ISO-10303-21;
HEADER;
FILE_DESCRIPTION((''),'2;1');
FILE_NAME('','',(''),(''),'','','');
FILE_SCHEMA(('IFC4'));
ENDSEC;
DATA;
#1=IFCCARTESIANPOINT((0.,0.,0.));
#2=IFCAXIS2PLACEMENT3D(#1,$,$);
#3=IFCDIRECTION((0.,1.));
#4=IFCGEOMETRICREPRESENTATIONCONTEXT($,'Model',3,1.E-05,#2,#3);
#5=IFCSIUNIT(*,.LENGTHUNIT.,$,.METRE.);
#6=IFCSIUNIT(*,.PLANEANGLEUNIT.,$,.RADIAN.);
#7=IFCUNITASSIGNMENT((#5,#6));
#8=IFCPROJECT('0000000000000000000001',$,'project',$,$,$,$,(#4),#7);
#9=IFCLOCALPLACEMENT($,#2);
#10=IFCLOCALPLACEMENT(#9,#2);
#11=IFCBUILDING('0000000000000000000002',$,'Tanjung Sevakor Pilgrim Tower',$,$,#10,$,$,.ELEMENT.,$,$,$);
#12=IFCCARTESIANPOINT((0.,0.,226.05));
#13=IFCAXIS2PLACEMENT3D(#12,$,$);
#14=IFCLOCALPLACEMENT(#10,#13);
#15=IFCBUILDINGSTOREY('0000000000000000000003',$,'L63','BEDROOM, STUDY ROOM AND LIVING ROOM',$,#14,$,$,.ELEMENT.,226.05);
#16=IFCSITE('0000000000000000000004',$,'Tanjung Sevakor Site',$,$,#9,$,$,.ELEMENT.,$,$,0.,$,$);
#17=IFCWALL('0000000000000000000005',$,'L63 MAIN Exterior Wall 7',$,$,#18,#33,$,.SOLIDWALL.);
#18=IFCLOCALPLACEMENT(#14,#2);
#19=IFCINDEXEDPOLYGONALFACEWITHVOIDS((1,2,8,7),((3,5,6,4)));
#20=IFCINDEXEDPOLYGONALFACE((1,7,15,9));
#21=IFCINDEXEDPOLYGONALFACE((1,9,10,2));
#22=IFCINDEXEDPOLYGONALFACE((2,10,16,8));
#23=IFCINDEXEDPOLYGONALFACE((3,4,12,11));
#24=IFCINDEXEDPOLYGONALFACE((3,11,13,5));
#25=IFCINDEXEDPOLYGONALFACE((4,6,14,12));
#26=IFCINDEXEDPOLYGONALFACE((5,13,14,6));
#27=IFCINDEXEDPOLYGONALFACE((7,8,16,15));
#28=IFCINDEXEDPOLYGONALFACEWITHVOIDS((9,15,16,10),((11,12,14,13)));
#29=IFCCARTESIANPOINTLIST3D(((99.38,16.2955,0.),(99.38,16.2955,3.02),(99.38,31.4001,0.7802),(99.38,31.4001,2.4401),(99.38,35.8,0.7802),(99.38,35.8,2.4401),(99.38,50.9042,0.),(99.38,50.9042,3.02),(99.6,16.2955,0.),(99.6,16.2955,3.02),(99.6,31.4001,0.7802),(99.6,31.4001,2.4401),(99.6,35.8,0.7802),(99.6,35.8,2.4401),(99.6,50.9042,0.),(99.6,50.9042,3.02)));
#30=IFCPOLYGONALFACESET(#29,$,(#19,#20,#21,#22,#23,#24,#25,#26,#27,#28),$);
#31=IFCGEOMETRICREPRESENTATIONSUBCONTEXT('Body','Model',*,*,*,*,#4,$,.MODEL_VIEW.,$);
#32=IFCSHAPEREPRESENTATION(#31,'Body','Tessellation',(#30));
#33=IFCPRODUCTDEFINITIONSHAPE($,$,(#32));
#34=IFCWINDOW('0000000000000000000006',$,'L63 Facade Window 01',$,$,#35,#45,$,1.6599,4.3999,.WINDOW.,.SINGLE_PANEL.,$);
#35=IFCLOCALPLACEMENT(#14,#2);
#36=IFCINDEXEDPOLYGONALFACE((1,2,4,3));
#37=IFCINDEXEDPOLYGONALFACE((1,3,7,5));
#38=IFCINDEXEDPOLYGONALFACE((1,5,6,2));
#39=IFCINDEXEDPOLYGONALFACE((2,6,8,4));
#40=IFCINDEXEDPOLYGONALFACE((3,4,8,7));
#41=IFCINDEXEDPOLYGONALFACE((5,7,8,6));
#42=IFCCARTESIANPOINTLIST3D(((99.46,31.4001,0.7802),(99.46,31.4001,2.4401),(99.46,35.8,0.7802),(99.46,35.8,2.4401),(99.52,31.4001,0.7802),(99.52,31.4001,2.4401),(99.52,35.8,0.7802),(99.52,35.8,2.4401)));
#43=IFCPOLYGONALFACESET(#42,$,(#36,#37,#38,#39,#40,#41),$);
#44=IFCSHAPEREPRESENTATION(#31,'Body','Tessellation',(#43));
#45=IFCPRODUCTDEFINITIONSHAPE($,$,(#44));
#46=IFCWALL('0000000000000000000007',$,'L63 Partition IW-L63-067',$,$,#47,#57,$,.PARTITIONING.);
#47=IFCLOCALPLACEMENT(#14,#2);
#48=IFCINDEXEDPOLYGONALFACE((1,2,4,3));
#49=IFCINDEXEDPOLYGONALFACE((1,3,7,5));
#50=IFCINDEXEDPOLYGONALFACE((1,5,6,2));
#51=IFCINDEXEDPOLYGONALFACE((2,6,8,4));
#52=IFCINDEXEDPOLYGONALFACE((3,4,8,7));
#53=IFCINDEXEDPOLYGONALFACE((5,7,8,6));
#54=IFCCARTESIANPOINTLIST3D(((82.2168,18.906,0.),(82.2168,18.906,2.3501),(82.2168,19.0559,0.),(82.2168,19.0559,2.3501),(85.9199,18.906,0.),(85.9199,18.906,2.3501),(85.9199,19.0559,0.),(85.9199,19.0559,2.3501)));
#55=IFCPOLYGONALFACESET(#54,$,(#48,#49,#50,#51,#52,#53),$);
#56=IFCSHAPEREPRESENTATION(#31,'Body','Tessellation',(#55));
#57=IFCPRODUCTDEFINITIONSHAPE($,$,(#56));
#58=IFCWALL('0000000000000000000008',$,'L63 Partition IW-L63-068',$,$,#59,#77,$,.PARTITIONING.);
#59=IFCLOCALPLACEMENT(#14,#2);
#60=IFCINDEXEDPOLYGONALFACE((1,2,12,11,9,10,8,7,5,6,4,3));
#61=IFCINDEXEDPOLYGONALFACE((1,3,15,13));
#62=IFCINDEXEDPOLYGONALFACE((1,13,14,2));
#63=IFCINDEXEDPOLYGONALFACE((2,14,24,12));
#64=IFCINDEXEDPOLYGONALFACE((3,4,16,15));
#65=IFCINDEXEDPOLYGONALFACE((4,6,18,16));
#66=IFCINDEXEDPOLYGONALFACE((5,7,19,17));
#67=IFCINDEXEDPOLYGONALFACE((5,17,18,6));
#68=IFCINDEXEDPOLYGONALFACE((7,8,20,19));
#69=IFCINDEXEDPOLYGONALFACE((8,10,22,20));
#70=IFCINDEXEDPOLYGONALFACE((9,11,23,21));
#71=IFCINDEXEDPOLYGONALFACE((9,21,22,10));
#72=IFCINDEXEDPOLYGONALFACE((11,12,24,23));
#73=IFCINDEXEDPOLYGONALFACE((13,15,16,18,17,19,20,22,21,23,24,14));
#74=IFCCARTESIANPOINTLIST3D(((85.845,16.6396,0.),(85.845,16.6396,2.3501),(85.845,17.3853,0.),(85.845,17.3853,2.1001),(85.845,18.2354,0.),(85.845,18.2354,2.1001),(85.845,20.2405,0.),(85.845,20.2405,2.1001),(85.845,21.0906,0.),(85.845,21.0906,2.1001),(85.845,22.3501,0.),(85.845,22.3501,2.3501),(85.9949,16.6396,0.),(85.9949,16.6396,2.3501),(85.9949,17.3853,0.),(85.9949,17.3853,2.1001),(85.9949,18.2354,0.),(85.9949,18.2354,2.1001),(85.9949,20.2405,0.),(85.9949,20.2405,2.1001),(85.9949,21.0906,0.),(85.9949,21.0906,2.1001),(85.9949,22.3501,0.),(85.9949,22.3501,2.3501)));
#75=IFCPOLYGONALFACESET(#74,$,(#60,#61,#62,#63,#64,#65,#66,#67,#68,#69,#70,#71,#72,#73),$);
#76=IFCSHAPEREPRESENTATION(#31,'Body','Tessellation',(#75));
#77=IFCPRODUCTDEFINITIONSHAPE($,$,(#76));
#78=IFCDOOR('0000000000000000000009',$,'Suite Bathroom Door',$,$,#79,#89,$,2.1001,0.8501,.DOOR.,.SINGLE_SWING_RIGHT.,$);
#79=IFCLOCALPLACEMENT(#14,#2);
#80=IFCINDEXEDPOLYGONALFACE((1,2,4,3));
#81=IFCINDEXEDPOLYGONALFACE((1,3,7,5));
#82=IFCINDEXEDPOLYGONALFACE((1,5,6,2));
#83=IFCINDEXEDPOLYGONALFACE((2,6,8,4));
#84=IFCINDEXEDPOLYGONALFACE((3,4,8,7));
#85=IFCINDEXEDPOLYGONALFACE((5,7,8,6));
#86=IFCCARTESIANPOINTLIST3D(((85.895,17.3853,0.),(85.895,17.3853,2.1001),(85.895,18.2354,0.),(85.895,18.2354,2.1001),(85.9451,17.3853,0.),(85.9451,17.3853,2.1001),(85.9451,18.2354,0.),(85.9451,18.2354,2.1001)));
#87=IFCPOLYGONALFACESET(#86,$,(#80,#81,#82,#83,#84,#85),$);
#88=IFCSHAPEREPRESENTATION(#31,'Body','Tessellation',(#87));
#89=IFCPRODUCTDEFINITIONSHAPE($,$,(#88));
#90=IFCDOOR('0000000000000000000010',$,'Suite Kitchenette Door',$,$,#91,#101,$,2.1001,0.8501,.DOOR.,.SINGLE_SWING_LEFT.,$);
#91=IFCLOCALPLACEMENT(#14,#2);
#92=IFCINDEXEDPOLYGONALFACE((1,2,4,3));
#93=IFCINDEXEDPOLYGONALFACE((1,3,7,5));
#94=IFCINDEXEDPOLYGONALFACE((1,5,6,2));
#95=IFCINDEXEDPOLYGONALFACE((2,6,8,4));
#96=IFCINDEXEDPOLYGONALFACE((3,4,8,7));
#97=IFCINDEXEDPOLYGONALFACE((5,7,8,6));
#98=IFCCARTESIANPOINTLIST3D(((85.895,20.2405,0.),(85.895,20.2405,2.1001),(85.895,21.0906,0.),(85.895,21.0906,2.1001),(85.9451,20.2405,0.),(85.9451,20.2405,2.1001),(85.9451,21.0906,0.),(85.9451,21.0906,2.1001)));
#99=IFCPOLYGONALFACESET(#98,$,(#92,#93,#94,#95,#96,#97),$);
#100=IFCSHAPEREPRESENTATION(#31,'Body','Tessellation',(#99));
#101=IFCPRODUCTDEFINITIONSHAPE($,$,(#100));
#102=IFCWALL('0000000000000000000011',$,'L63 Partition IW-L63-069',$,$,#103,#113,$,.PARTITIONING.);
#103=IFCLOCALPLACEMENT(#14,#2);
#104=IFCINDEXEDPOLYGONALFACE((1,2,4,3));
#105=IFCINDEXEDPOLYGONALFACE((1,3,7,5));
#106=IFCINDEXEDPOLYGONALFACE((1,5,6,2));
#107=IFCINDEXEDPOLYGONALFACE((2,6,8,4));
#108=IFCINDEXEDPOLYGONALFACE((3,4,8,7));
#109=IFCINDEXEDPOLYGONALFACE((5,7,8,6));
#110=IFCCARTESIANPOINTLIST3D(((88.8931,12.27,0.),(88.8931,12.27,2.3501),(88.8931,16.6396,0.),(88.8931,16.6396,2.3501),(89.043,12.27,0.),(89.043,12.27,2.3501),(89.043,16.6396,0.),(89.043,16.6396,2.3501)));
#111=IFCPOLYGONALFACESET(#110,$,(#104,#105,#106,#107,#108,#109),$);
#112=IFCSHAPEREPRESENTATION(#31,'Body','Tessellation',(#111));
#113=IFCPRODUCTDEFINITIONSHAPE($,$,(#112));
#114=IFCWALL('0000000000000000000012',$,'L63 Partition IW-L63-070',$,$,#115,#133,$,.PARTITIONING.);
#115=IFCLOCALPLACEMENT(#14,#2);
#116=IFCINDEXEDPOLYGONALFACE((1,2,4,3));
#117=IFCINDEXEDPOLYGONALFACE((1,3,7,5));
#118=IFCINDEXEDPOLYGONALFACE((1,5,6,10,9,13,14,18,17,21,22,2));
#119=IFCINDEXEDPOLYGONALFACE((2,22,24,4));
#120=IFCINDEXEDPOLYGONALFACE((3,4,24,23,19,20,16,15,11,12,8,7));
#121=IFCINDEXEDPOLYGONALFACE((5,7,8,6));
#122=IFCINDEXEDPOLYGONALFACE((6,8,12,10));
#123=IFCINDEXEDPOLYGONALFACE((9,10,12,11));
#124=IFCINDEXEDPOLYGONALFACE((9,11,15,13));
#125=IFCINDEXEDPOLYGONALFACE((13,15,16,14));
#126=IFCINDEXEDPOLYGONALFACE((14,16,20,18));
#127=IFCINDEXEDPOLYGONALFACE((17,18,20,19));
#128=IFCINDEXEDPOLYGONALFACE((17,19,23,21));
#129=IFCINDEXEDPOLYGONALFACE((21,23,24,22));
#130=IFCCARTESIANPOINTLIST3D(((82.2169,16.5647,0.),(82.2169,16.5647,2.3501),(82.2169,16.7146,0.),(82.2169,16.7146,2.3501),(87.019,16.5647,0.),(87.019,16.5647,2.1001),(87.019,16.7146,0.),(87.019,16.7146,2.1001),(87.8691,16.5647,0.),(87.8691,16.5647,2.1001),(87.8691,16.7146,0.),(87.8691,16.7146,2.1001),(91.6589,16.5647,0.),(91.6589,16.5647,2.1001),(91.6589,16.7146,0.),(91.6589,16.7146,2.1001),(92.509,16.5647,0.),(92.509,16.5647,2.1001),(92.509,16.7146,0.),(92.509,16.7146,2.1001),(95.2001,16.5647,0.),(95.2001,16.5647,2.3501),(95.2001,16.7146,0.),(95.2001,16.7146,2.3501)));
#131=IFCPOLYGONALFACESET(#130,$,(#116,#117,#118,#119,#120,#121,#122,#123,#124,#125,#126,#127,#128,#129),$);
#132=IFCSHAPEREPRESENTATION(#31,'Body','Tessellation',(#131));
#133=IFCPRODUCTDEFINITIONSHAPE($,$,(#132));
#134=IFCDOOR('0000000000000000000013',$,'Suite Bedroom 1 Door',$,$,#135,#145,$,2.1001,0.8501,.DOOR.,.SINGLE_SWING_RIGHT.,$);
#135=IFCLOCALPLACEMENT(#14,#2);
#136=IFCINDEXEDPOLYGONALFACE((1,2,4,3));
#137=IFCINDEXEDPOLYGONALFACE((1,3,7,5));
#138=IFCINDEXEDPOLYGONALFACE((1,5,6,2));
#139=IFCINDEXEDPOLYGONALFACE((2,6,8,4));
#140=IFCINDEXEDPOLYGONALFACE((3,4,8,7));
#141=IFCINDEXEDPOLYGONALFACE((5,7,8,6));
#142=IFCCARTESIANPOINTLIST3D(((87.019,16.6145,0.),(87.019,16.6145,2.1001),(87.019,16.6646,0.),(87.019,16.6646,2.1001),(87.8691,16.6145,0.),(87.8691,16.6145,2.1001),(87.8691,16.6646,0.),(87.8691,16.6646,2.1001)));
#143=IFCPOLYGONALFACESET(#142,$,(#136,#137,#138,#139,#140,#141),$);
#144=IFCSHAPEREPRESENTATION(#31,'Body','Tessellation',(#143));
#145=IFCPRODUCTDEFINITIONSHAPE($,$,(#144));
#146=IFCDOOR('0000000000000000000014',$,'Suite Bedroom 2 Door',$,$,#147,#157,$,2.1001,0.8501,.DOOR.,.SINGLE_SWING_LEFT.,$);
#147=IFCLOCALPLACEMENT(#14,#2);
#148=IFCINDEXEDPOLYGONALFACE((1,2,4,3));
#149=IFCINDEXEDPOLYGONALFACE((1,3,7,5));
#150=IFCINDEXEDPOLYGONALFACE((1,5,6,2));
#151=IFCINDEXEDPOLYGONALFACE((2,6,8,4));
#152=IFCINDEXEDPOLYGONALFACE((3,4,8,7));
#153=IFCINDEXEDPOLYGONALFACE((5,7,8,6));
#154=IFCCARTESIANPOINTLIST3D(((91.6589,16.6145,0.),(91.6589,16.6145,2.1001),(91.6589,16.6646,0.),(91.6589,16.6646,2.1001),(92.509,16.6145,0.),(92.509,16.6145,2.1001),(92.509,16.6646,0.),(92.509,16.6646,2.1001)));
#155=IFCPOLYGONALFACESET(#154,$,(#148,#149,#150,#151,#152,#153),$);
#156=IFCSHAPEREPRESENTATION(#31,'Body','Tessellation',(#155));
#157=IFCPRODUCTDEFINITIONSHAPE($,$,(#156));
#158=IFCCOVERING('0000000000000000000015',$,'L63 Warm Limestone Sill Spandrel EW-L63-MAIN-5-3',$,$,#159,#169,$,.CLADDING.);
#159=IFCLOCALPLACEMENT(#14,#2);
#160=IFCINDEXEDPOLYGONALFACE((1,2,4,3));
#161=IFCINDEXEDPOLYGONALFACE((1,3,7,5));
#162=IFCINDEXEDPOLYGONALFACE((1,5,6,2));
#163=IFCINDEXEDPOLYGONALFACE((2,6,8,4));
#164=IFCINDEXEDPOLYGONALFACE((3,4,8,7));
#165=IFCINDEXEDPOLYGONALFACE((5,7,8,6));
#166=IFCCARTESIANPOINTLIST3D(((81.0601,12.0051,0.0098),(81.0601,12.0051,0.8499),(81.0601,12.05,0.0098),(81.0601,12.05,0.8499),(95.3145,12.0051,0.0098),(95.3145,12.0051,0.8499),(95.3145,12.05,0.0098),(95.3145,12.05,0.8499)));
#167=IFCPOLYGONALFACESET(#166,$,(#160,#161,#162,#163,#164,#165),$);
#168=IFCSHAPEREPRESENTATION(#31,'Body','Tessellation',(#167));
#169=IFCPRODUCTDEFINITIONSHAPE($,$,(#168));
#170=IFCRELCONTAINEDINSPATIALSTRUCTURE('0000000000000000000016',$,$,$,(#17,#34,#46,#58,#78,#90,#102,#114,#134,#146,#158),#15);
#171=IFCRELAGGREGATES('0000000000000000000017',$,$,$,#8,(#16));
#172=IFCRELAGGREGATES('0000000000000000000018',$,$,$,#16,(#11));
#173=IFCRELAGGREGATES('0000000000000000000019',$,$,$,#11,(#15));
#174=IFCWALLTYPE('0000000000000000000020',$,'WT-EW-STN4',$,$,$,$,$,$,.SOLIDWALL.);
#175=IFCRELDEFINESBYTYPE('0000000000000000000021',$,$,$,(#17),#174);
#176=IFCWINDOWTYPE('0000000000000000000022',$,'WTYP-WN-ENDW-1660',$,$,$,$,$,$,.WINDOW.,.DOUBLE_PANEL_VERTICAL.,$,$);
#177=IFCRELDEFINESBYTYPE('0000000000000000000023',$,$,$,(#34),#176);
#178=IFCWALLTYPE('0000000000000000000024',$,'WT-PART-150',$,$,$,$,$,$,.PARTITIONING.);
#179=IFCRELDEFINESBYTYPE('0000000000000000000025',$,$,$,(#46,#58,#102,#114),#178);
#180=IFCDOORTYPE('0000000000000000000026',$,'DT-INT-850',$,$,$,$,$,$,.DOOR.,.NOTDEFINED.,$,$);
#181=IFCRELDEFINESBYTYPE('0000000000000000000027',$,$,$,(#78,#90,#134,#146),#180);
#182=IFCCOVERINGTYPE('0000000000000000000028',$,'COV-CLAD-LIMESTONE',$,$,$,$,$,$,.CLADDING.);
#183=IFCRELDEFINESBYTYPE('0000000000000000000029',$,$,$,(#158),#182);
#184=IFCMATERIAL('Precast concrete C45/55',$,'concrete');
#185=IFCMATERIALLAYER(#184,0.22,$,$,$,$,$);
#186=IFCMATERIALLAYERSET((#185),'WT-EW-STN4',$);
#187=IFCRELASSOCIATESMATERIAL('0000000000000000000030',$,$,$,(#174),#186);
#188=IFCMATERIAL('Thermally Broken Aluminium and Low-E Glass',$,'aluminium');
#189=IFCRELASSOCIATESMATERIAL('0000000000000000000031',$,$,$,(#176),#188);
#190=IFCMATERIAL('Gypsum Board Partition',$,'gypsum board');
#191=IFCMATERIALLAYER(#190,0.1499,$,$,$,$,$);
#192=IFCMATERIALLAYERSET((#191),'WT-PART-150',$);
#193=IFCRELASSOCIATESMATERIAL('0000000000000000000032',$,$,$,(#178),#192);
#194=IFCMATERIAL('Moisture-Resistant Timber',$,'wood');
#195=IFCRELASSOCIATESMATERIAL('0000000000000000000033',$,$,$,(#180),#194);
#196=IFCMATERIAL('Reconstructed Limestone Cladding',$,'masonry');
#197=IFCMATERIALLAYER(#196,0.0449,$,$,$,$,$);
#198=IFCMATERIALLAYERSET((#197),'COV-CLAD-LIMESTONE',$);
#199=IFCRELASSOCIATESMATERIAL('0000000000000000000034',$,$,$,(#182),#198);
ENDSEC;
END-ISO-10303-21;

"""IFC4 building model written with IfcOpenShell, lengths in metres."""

from ifc_helpers import new_model, si_unit, direction, frame, frame_2d, origin, origin_2d, place, context, subcontext, project, spatial, rectangle, extrude, material, layer, layer_set, type_object, element, fill, save


model = new_model("IFC4")

# Units and contexts
model_context = context("Model", 3, precision=1e-05, world=origin(), true_north=direction((0.0, 1.0)))
body_context = subcontext(model_context, "Body", "Model", "MODEL_VIEW")
ifc_project = project(units=[si_unit("LENGTHUNIT", "METRE"), si_unit("PLANEANGLEUNIT", "RADIAN")], contexts=[model_context])

# Site, building, storey
site_placement = place(None, origin())
site = spatial("IfcSite", under=ifc_project, at=site_placement, Name="Tanjung Sevakor Site", CompositionType="ELEMENT", RefElevation=0.0)
building_placement = place(site_placement, origin())
building = spatial("IfcBuilding", under=site, at=building_placement, Name="Tanjung Sevakor Pilgrim Tower", CompositionType="ELEMENT")
storey_placement = place(building_placement, frame((0.0, 0.0, 226.05)))
storey = spatial("IfcBuildingStorey", under=building, at=storey_placement, Name="L63", Description="BEDROOM, STUDY ROOM AND LIVING ROOM", CompositionType="ELEMENT", Elevation=226.05)

# Wall, opening, window
ifc_material_1 = material(Name="Precast concrete C45/55", Category="concrete")
ifc_layer_1 = layer(ifc_material_1, 0.22)
ifc_layer_set_1 = layer_set([ifc_layer_1], Name="WT-EW-STN4")
wall_type_1 = type_object("IfcWallType", Name="WT-EW-STN4", PredefinedType="SOLIDWALL", material=ifc_layer_set_1)
wall_1_placement = place(storey_placement, frame((99.49, 16.2957, 0.0), z_axis=(0.0, 0.0, 1.0), x_axis=(0.0, 1.0, 0.0)))
wall_1 = element("IfcWall", 1, at=wall_1_placement, inside=storey, type_object=wall_type_1, Name="L63 MAIN Exterior Wall 7", PredefinedType="SOLIDWALL", context=body_context, shape_type="SweptSolid", body=[
    extrude(rectangle(XDim=34.6086, YDim=0.22, at=frame_2d((17.3042, 0.0))), origin(), (0.0, 0.0, 1.0), 3.02),
])
opening_1_placement = place(wall_1_placement, frame((15.1045, 0.0, 0.78)))
opening_1 = element("IfcOpeningElement", 2, at=opening_1_placement, cuts=wall_1, PredefinedType="OPENING", context=body_context, shape_type="SweptSolid", body=[
    extrude(rectangle(XDim=4.3999, YDim=1.6599, at=frame_2d((2.2, 0.8301))), frame((0.0, 0.1199, 0.0), z_axis=(0.0, -1.0, 0.0), x_axis=(1.0, 0.0, 0.0)), (0.0, 0.0, 1.0), 0.24),
])
ifc_material_2 = material(Name="Thermally Broken Aluminium and Low-E Glass", Category="aluminium")
window_type = type_object("IfcWindowType", Name="WTYP-WN-ENDW-1660", PartitioningType="DOUBLE_PANEL_VERTICAL", PredefinedType="WINDOW", material=ifc_material_2)
window_placement = place(opening_1_placement, origin())
window = element("IfcWindow", 3, at=window_placement, inside=storey, type_object=window_type, Name="L63 Facade Window 01", OverallHeight=1.6599, OverallWidth=4.3999, PartitioningType="SINGLE_PANEL", PredefinedType="WINDOW", context=body_context, shape_type="SweptSolid", body=[
    extrude(rectangle(XDim=4.3999, YDim=1.6599, at=frame_2d((2.2, 0.8301))), frame((0.0, 0.03, 0.0), z_axis=(0.0, -1.0, 0.0), x_axis=(1.0, 0.0, 0.0)), (0.0, 0.0, 1.0), 0.0601),
])
fill(opening_1, window)

# Wall
ifc_material_3 = material(Name="Gypsum Board Partition", Category="gypsum board")
ifc_layer_2 = layer(ifc_material_3, 0.1499)
ifc_layer_set_2 = layer_set([ifc_layer_2], Name="WT-PART-150")
wall_type_2 = type_object("IfcWallType", Name="WT-PART-150", PredefinedType="PARTITIONING", material=ifc_layer_set_2)
wall_2_placement = place(storey_placement, frame((82.2168, 18.981, 0.0), z_axis=(0.0, 0.0, 1.0), x_axis=(1.0, 0.0, 0.0)))
element("IfcWall", 4, at=wall_2_placement, inside=storey, type_object=wall_type_2, Name="L63 Partition IW-L63-067", PredefinedType="PARTITIONING", context=body_context, shape_type="SweptSolid", body=[
    extrude(rectangle(XDim=3.7031, YDim=0.1499, at=frame_2d((1.8516, 0.0))), origin(), (0.0, 0.0, 1.0), 2.3501),
])

# Wall, openings, doors
wall_3_placement = place(storey_placement, frame((85.9199, 16.6396, 0.0), z_axis=(0.0, 0.0, 1.0), x_axis=(0.0, 1.0, 0.0)))
wall_3 = element("IfcWall", 5, at=wall_3_placement, inside=storey, type_object=wall_type_2, Name="L63 Partition IW-L63-068", PredefinedType="PARTITIONING", context=body_context, shape_type="SweptSolid", body=[
    extrude(rectangle(XDim=5.7104, YDim=0.1499, at=frame_2d((2.8552, 0.0))), origin(), (0.0, 0.0, 1.0), 2.3501),
])
opening_2_placement = place(wall_3_placement, frame((0.7456, 0.0, 0.0)))
opening_2 = element("IfcOpeningElement", 6, at=opening_2_placement, cuts=wall_3, PredefinedType="OPENING", context=body_context, shape_type="SweptSolid", body=[
    extrude(rectangle(XDim=0.8501, YDim=2.1001, at=frame_2d((0.425, 1.05))), frame((0.0, 0.085, 0.0), z_axis=(0.0, -1.0, 0.0), x_axis=(1.0, 0.0, 0.0)), (0.0, 0.0, 1.0), 0.1699),
])
opening_3_placement = place(wall_3_placement, frame((3.6008, 0.0, 0.0)))
opening_3 = element("IfcOpeningElement", 7, at=opening_3_placement, cuts=wall_3, PredefinedType="OPENING", context=body_context, shape_type="SweptSolid", body=[
    extrude(rectangle(XDim=0.8501, YDim=2.1001, at=frame_2d((0.425, 1.05))), frame((0.0, 0.085, 0.0), z_axis=(0.0, -1.0, 0.0), x_axis=(1.0, 0.0, 0.0)), (0.0, 0.0, 1.0), 0.1699),
])
ifc_material_4 = material(Name="Moisture-Resistant Timber", Category="wood")
door_type = type_object("IfcDoorType", Name="DT-INT-850", OperationType="NOTDEFINED", PredefinedType="DOOR", material=ifc_material_4)
door_1_placement = place(opening_2_placement, origin())
door_1 = element("IfcDoor", 8, at=door_1_placement, inside=storey, type_object=door_type, Name="Suite Bathroom Door", OperationType="SINGLE_SWING_RIGHT", OverallHeight=2.1001, OverallWidth=0.8501, PredefinedType="DOOR", context=body_context, shape_type="SweptSolid", body=[
    extrude(rectangle(XDim=0.8501, YDim=2.1001, at=frame_2d((0.425, 1.05))), frame((0.0, 0.0249, 0.0), z_axis=(0.0, -1.0, 0.0), x_axis=(1.0, 0.0, 0.0)), (0.0, 0.0, 1.0), 0.05),
])
fill(opening_2, door_1)
door_2_placement = place(opening_3_placement, origin())
door_2 = element("IfcDoor", 9, at=door_2_placement, inside=storey, type_object=door_type, Name="Suite Kitchenette Door", OperationType="SINGLE_SWING_LEFT", OverallHeight=2.1001, OverallWidth=0.8501, PredefinedType="DOOR", context=body_context, shape_type="SweptSolid", body=[
    extrude(rectangle(XDim=0.8501, YDim=2.1001, at=frame_2d((0.425, 1.05))), frame((0.0, 0.0249, 0.0), z_axis=(0.0, -1.0, 0.0), x_axis=(1.0, 0.0, 0.0)), (0.0, 0.0, 1.0), 0.05),
])
fill(opening_3, door_2)

# Wall
wall_4_placement = place(storey_placement, frame((88.968, 12.27, 0.0), z_axis=(0.0, 0.0, 1.0), x_axis=(0.0, 1.0, 0.0)))
element("IfcWall", 10, at=wall_4_placement, inside=storey, type_object=wall_type_2, Name="L63 Partition IW-L63-069", PredefinedType="PARTITIONING", context=body_context, shape_type="SweptSolid", body=[
    extrude(rectangle(XDim=4.3696, YDim=0.1499, at=frame_2d((2.1848, 0.0))), origin(), (0.0, 0.0, 1.0), 2.3501),
])

# Wall, openings, doors
wall_5_placement = place(storey_placement, frame((82.2168, 16.6396, 0.0), z_axis=(0.0, 0.0, 1.0), x_axis=(1.0, 0.0, 0.0)))
wall_5 = element("IfcWall", 11, at=wall_5_placement, inside=storey, type_object=wall_type_2, Name="L63 Partition IW-L63-070", PredefinedType="PARTITIONING", context=body_context, shape_type="SweptSolid", body=[
    extrude(rectangle(XDim=12.9832, YDim=0.1499, at=frame_2d((6.4917, 0.0))), origin(), (0.0, 0.0, 1.0), 2.3501),
])
opening_4_placement = place(wall_5_placement, frame((4.8022, 0.0, 0.0)))
opening_4 = element("IfcOpeningElement", 12, at=opening_4_placement, cuts=wall_5, PredefinedType="OPENING", context=body_context, shape_type="SweptSolid", body=[
    extrude(rectangle(XDim=0.8501, YDim=2.1001, at=frame_2d((0.425, 1.05))), frame((0.0, 0.085, 0.0), z_axis=(0.0, -1.0, 0.0), x_axis=(1.0, 0.0, 0.0)), (0.0, 0.0, 1.0), 0.1699),
])
opening_5_placement = place(wall_5_placement, frame((9.4421, 0.0, 0.0)))
opening_5 = element("IfcOpeningElement", 13, at=opening_5_placement, cuts=wall_5, PredefinedType="OPENING", context=body_context, shape_type="SweptSolid", body=[
    extrude(rectangle(XDim=0.8501, YDim=2.1001, at=frame_2d((0.425, 1.05))), frame((0.0, 0.085, 0.0), z_axis=(0.0, -1.0, 0.0), x_axis=(1.0, 0.0, 0.0)), (0.0, 0.0, 1.0), 0.1699),
])
door_3_placement = place(opening_4_placement, origin())
door_3 = element("IfcDoor", 14, at=door_3_placement, inside=storey, type_object=door_type, Name="Suite Bedroom 1 Door", OperationType="SINGLE_SWING_RIGHT", OverallHeight=2.1001, OverallWidth=0.8501, PredefinedType="DOOR", context=body_context, shape_type="SweptSolid", body=[
    extrude(rectangle(XDim=0.8501, YDim=2.1001, at=frame_2d((0.425, 1.05))), frame((0.0, 0.0249, 0.0), z_axis=(0.0, -1.0, 0.0), x_axis=(1.0, 0.0, 0.0)), (0.0, 0.0, 1.0), 0.05),
])
fill(opening_4, door_3)
door_4_placement = place(opening_5_placement, origin())
door_4 = element("IfcDoor", 15, at=door_4_placement, inside=storey, type_object=door_type, Name="Suite Bedroom 2 Door", OperationType="SINGLE_SWING_LEFT", OverallHeight=2.1001, OverallWidth=0.8501, PredefinedType="DOOR", context=body_context, shape_type="SweptSolid", body=[
    extrude(rectangle(XDim=0.8501, YDim=2.1001, at=frame_2d((0.425, 1.05))), frame((0.0, 0.0249, 0.0), z_axis=(0.0, -1.0, 0.0), x_axis=(1.0, 0.0, 0.0)), (0.0, 0.0, 1.0), 0.05),
])
fill(opening_5, door_4)

# Covering
ifc_material_5 = material(Name="Reconstructed Limestone Cladding", Category="masonry")
ifc_layer_3 = layer(ifc_material_5, 0.0449)
ifc_layer_set_3 = layer_set([ifc_layer_3], Name="COV-CLAD-LIMESTONE")
covering_type = type_object("IfcCoveringType", Name="COV-CLAD-LIMESTONE", PredefinedType="CLADDING", material=ifc_layer_set_3)
covering_placement = place(storey_placement, frame((88.1873, 12.0276, 0.0098), z_axis=(0.0, 0.0, 1.0), x_axis=(1.0, 0.0, 0.0)))
element("IfcCovering", 16, at=covering_placement, inside=storey, type_object=covering_type, Name="L63 Warm Limestone Sill Spandrel EW-L63-MAIN-5-3", PredefinedType="CLADDING", context=body_context, shape_type="SweptSolid", body=[
    extrude(rectangle(XDim=14.2544, YDim=0.0449, at=origin_2d()), origin(), (0.0, 0.0, 1.0), 0.8401),
])

save(model, "model.ifc")
